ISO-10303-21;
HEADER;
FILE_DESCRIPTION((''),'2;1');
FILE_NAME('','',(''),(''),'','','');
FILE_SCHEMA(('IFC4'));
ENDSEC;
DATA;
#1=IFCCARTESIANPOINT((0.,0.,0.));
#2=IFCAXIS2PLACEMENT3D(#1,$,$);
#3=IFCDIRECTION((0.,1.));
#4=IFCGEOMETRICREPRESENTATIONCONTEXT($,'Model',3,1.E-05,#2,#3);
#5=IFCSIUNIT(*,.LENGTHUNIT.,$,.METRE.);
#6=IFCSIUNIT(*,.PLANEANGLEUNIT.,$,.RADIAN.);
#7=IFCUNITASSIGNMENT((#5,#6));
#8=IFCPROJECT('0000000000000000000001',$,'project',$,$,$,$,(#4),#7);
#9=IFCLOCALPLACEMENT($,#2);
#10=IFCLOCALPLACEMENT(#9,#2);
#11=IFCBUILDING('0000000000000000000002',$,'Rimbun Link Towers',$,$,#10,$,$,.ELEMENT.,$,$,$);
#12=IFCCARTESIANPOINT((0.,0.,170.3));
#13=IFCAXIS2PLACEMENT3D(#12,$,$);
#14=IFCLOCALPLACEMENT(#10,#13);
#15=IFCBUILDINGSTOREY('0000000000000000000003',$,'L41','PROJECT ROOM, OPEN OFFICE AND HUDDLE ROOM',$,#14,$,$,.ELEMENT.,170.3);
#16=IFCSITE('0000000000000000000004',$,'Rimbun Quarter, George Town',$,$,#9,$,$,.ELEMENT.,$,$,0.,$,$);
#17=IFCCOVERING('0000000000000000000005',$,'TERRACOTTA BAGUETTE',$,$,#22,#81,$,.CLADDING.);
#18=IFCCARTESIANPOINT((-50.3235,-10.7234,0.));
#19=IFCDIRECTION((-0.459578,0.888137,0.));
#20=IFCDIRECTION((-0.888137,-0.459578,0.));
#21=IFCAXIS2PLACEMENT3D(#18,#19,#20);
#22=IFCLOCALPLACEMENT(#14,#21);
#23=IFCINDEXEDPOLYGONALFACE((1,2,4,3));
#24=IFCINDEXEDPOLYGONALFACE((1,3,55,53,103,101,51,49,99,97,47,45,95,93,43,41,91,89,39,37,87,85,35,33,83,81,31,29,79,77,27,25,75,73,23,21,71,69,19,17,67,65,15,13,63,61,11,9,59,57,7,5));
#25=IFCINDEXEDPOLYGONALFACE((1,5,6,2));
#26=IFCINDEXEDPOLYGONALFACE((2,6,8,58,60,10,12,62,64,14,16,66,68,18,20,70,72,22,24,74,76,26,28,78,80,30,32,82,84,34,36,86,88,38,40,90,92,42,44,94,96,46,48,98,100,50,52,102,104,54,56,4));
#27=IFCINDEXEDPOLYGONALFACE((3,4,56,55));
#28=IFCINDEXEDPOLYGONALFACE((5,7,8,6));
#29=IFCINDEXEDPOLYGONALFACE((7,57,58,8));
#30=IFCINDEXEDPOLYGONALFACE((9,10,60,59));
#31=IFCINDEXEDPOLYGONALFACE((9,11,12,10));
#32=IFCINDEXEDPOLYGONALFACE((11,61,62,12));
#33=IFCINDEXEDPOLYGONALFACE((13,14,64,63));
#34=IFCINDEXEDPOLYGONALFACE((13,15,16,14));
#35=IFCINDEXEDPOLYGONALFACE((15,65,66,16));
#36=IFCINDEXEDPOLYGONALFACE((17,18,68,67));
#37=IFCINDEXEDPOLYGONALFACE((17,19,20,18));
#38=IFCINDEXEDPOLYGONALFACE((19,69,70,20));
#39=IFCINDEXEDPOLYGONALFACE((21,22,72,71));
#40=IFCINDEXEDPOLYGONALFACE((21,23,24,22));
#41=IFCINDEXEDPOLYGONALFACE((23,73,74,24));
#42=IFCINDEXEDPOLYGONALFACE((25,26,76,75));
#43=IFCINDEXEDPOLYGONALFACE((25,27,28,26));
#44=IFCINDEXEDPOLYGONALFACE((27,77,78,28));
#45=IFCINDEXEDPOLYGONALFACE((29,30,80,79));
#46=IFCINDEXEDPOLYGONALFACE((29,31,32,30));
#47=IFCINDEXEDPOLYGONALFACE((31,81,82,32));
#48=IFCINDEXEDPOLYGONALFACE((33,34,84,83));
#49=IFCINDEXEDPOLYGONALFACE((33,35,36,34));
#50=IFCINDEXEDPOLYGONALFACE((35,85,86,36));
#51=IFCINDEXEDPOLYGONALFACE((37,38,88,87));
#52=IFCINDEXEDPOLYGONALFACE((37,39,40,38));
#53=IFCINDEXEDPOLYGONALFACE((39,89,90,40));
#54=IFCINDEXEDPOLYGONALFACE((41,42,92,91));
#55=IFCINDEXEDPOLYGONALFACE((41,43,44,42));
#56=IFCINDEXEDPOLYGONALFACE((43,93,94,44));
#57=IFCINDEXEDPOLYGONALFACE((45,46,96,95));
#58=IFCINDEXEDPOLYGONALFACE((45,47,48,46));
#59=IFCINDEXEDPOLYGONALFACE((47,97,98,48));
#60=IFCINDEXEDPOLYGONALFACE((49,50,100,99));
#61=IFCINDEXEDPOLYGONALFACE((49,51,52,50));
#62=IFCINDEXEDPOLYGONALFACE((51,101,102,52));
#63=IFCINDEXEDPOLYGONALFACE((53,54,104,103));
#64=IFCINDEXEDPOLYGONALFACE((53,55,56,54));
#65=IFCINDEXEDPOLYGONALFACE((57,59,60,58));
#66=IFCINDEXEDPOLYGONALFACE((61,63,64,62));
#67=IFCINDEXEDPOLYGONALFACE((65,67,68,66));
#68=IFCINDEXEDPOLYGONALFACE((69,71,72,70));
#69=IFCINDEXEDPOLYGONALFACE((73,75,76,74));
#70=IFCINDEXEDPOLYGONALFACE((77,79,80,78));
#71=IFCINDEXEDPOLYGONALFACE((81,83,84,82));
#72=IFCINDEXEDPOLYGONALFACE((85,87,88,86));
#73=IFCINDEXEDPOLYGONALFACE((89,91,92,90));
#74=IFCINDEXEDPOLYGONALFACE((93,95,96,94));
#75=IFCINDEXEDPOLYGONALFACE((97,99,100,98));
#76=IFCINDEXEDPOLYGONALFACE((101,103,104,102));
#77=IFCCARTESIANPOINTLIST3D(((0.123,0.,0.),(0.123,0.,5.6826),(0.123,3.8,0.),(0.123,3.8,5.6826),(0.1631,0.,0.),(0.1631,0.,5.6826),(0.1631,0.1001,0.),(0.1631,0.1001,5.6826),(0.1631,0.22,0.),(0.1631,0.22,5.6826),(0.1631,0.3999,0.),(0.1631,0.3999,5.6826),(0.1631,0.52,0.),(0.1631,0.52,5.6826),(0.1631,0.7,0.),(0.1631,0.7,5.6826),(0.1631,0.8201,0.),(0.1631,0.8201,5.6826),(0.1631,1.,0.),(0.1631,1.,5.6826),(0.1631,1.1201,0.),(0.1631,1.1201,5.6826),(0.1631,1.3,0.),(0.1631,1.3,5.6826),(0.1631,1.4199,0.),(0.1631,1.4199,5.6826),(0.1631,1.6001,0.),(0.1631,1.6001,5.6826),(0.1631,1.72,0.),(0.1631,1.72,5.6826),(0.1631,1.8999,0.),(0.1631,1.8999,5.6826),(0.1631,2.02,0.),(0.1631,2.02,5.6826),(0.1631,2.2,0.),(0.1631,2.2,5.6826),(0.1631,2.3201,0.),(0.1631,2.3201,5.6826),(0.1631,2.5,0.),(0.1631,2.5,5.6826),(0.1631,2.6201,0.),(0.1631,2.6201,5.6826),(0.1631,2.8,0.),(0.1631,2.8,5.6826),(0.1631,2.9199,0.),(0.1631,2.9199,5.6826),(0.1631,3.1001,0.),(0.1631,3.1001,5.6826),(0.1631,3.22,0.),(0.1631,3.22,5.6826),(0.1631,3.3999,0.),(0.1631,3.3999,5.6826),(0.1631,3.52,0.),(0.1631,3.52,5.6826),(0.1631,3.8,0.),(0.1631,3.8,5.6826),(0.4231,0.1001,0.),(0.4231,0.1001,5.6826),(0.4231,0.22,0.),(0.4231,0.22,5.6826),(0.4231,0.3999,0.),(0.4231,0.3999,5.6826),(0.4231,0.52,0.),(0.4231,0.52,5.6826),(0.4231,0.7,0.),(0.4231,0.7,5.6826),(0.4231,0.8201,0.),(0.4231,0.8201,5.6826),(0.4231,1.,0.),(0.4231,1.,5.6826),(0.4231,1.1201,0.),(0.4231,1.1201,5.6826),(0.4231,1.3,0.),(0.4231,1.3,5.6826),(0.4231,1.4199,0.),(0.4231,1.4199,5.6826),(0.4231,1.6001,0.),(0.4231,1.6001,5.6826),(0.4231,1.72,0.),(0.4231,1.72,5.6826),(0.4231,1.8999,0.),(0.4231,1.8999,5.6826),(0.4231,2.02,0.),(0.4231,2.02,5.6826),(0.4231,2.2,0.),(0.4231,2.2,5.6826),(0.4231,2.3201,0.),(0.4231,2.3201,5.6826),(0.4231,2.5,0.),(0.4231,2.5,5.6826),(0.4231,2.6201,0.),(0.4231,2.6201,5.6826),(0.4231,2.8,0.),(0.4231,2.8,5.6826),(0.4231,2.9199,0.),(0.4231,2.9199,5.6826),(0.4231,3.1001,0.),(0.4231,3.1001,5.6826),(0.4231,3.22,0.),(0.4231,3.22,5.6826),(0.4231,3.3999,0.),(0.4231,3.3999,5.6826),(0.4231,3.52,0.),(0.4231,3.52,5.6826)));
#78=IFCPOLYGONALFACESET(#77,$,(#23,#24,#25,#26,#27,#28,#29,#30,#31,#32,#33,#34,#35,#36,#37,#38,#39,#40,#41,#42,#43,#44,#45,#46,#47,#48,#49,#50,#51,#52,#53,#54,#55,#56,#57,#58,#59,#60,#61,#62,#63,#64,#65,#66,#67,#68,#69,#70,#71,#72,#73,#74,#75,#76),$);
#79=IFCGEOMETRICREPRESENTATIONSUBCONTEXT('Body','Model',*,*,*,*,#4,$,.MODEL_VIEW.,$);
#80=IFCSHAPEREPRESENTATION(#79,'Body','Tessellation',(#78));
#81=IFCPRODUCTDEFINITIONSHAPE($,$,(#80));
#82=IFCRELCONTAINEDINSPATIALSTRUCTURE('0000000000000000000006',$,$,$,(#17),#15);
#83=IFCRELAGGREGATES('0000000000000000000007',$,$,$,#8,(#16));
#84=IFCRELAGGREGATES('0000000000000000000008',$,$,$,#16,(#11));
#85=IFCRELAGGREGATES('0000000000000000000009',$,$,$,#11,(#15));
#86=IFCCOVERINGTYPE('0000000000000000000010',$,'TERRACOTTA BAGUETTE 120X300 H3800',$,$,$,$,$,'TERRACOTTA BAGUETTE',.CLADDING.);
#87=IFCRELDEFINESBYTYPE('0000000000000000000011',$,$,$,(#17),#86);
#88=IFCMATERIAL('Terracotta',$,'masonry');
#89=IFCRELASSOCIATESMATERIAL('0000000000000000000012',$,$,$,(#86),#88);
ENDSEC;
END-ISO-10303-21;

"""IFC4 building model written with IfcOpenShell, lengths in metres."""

from ifc_helpers import new_model, si_unit, direction, frame, origin, place, context, subcontext, project, spatial, polyline, outline, extrude, material, material_profile, profile_set, type_object, element, save


model = new_model("IFC4")

# Units and contexts
model_context = context("Model", 3, precision=1e-05, world=origin(), true_north=direction((0.0, 1.0)))
body_context = subcontext(model_context, "Body", "Model", "MODEL_VIEW")
ifc_project = project(units=[si_unit("LENGTHUNIT", "METRE"), si_unit("PLANEANGLEUNIT", "RADIAN")], contexts=[model_context])

# Site, building, storey
site_placement = place(None, origin())
site = spatial("IfcSite", under=ifc_project, at=site_placement, Name="Rimbun Quarter, George Town", CompositionType="ELEMENT", RefElevation=0.0)
building_placement = place(site_placement, origin())
building = spatial("IfcBuilding", under=site, at=building_placement, Name="Rimbun Link Towers", CompositionType="ELEMENT")
storey_placement = place(building_placement, frame((0.0, 0.0, 170.3)))
storey = spatial("IfcBuildingStorey", under=building, at=storey_placement, Name="L41", Description="PROJECT ROOM, OPEN OFFICE AND HUDDLE ROOM", CompositionType="ELEMENT", Elevation=170.3)

# Covering
ifc_material_1 = material(Name="Terracotta", Category="masonry")
ifc_material_profile_1 = material_profile(ifc_material_1, outline(polyline([(0.123, 0.0), (0.1631, 0.0), (0.1631, 0.1001), (0.4231, 0.1001), (0.4231, 0.22), (0.1631, 0.22), (0.1631, 0.3999), (0.4231, 0.3999), (0.4231, 0.52), (0.1631, 0.52), (0.1631, 0.7), (0.4231, 0.7), (0.4231, 0.8201), (0.1631, 0.8201), (0.1631, 1.0), (0.4231, 1.0), (0.4231, 1.1201), (0.1631, 1.1201), (0.1631, 1.3), (0.4231, 1.3), (0.4231, 1.4199), (0.1631, 1.4199), (0.1631, 1.6001), (0.4231, 1.6001), (0.4231, 1.72), (0.1631, 1.72), (0.1631, 1.8999), (0.4231, 1.8999), (0.4231, 2.02), (0.1631, 2.02), (0.1631, 2.2), (0.4231, 2.2), (0.4231, 2.3201), (0.1631, 2.3201), (0.1631, 2.5), (0.4231, 2.5), (0.4231, 2.6201), (0.1631, 2.6201), (0.1631, 2.8), (0.4231, 2.8), (0.4231, 2.9199), (0.1631, 2.9199), (0.1631, 3.1001), (0.4231, 3.1001), (0.4231, 3.22), (0.1631, 3.22), (0.1631, 3.3999), (0.4231, 3.3999), (0.4231, 3.52), (0.1631, 3.52), (0.1631, 3.8), (0.123, 3.8), (0.123, 0.0)])), Name="BAGUETTE 120X300")
ifc_profile_set_1 = profile_set([ifc_material_profile_1], Name="Terracotta")
covering_type = type_object("IfcCoveringType", Name="TERRACOTTA BAGUETTE 120X300 H3800", ElementType="TERRACOTTA BAGUETTE", PredefinedType="CLADDING", material=ifc_profile_set_1)
covering_placement = place(storey_placement, frame((-50.3235, -10.7234, 0.0), z_axis=(-0.459578, 0.888137, 0.0), x_axis=(-0.888137, -0.459578, 0.0)))
element("IfcCovering", 1, at=covering_placement, inside=storey, type_object=covering_type, Name="TERRACOTTA BAGUETTE", PredefinedType="CLADDING", context=body_context, shape_type="SweptSolid", body=[
    extrude(outline(polyline([(0.123, 0.0), (0.1631, 0.0), (0.1631, 0.1001), (0.4231, 0.1001), (0.4231, 0.22), (0.1631, 0.22), (0.1631, 0.3999), (0.4231, 0.3999), (0.4231, 0.52), (0.1631, 0.52), (0.1631, 0.7), (0.4231, 0.7), (0.4231, 0.8201), (0.1631, 0.8201), (0.1631, 1.0), (0.4231, 1.0), (0.4231, 1.1201), (0.1631, 1.1201), (0.1631, 1.3), (0.4231, 1.3), (0.4231, 1.4199), (0.1631, 1.4199), (0.1631, 1.6001), (0.4231, 1.6001), (0.4231, 1.72), (0.1631, 1.72), (0.1631, 1.8999), (0.4231, 1.8999), (0.4231, 2.02), (0.1631, 2.02), (0.1631, 2.2), (0.4231, 2.2), (0.4231, 2.3201), (0.1631, 2.3201), (0.1631, 2.5), (0.4231, 2.5), (0.4231, 2.6201), (0.1631, 2.6201), (0.1631, 2.8), (0.4231, 2.8), (0.4231, 2.9199), (0.1631, 2.9199), (0.1631, 3.1001), (0.4231, 3.1001), (0.4231, 3.22), (0.1631, 3.22), (0.1631, 3.3999), (0.4231, 3.3999), (0.4231, 3.52), (0.1631, 3.52), (0.1631, 3.8), (0.123, 3.8), (0.123, 0.0)])), origin(), (0.0, 0.0, 1.0), 5.6826),
])

save(model, "model.ifc")
